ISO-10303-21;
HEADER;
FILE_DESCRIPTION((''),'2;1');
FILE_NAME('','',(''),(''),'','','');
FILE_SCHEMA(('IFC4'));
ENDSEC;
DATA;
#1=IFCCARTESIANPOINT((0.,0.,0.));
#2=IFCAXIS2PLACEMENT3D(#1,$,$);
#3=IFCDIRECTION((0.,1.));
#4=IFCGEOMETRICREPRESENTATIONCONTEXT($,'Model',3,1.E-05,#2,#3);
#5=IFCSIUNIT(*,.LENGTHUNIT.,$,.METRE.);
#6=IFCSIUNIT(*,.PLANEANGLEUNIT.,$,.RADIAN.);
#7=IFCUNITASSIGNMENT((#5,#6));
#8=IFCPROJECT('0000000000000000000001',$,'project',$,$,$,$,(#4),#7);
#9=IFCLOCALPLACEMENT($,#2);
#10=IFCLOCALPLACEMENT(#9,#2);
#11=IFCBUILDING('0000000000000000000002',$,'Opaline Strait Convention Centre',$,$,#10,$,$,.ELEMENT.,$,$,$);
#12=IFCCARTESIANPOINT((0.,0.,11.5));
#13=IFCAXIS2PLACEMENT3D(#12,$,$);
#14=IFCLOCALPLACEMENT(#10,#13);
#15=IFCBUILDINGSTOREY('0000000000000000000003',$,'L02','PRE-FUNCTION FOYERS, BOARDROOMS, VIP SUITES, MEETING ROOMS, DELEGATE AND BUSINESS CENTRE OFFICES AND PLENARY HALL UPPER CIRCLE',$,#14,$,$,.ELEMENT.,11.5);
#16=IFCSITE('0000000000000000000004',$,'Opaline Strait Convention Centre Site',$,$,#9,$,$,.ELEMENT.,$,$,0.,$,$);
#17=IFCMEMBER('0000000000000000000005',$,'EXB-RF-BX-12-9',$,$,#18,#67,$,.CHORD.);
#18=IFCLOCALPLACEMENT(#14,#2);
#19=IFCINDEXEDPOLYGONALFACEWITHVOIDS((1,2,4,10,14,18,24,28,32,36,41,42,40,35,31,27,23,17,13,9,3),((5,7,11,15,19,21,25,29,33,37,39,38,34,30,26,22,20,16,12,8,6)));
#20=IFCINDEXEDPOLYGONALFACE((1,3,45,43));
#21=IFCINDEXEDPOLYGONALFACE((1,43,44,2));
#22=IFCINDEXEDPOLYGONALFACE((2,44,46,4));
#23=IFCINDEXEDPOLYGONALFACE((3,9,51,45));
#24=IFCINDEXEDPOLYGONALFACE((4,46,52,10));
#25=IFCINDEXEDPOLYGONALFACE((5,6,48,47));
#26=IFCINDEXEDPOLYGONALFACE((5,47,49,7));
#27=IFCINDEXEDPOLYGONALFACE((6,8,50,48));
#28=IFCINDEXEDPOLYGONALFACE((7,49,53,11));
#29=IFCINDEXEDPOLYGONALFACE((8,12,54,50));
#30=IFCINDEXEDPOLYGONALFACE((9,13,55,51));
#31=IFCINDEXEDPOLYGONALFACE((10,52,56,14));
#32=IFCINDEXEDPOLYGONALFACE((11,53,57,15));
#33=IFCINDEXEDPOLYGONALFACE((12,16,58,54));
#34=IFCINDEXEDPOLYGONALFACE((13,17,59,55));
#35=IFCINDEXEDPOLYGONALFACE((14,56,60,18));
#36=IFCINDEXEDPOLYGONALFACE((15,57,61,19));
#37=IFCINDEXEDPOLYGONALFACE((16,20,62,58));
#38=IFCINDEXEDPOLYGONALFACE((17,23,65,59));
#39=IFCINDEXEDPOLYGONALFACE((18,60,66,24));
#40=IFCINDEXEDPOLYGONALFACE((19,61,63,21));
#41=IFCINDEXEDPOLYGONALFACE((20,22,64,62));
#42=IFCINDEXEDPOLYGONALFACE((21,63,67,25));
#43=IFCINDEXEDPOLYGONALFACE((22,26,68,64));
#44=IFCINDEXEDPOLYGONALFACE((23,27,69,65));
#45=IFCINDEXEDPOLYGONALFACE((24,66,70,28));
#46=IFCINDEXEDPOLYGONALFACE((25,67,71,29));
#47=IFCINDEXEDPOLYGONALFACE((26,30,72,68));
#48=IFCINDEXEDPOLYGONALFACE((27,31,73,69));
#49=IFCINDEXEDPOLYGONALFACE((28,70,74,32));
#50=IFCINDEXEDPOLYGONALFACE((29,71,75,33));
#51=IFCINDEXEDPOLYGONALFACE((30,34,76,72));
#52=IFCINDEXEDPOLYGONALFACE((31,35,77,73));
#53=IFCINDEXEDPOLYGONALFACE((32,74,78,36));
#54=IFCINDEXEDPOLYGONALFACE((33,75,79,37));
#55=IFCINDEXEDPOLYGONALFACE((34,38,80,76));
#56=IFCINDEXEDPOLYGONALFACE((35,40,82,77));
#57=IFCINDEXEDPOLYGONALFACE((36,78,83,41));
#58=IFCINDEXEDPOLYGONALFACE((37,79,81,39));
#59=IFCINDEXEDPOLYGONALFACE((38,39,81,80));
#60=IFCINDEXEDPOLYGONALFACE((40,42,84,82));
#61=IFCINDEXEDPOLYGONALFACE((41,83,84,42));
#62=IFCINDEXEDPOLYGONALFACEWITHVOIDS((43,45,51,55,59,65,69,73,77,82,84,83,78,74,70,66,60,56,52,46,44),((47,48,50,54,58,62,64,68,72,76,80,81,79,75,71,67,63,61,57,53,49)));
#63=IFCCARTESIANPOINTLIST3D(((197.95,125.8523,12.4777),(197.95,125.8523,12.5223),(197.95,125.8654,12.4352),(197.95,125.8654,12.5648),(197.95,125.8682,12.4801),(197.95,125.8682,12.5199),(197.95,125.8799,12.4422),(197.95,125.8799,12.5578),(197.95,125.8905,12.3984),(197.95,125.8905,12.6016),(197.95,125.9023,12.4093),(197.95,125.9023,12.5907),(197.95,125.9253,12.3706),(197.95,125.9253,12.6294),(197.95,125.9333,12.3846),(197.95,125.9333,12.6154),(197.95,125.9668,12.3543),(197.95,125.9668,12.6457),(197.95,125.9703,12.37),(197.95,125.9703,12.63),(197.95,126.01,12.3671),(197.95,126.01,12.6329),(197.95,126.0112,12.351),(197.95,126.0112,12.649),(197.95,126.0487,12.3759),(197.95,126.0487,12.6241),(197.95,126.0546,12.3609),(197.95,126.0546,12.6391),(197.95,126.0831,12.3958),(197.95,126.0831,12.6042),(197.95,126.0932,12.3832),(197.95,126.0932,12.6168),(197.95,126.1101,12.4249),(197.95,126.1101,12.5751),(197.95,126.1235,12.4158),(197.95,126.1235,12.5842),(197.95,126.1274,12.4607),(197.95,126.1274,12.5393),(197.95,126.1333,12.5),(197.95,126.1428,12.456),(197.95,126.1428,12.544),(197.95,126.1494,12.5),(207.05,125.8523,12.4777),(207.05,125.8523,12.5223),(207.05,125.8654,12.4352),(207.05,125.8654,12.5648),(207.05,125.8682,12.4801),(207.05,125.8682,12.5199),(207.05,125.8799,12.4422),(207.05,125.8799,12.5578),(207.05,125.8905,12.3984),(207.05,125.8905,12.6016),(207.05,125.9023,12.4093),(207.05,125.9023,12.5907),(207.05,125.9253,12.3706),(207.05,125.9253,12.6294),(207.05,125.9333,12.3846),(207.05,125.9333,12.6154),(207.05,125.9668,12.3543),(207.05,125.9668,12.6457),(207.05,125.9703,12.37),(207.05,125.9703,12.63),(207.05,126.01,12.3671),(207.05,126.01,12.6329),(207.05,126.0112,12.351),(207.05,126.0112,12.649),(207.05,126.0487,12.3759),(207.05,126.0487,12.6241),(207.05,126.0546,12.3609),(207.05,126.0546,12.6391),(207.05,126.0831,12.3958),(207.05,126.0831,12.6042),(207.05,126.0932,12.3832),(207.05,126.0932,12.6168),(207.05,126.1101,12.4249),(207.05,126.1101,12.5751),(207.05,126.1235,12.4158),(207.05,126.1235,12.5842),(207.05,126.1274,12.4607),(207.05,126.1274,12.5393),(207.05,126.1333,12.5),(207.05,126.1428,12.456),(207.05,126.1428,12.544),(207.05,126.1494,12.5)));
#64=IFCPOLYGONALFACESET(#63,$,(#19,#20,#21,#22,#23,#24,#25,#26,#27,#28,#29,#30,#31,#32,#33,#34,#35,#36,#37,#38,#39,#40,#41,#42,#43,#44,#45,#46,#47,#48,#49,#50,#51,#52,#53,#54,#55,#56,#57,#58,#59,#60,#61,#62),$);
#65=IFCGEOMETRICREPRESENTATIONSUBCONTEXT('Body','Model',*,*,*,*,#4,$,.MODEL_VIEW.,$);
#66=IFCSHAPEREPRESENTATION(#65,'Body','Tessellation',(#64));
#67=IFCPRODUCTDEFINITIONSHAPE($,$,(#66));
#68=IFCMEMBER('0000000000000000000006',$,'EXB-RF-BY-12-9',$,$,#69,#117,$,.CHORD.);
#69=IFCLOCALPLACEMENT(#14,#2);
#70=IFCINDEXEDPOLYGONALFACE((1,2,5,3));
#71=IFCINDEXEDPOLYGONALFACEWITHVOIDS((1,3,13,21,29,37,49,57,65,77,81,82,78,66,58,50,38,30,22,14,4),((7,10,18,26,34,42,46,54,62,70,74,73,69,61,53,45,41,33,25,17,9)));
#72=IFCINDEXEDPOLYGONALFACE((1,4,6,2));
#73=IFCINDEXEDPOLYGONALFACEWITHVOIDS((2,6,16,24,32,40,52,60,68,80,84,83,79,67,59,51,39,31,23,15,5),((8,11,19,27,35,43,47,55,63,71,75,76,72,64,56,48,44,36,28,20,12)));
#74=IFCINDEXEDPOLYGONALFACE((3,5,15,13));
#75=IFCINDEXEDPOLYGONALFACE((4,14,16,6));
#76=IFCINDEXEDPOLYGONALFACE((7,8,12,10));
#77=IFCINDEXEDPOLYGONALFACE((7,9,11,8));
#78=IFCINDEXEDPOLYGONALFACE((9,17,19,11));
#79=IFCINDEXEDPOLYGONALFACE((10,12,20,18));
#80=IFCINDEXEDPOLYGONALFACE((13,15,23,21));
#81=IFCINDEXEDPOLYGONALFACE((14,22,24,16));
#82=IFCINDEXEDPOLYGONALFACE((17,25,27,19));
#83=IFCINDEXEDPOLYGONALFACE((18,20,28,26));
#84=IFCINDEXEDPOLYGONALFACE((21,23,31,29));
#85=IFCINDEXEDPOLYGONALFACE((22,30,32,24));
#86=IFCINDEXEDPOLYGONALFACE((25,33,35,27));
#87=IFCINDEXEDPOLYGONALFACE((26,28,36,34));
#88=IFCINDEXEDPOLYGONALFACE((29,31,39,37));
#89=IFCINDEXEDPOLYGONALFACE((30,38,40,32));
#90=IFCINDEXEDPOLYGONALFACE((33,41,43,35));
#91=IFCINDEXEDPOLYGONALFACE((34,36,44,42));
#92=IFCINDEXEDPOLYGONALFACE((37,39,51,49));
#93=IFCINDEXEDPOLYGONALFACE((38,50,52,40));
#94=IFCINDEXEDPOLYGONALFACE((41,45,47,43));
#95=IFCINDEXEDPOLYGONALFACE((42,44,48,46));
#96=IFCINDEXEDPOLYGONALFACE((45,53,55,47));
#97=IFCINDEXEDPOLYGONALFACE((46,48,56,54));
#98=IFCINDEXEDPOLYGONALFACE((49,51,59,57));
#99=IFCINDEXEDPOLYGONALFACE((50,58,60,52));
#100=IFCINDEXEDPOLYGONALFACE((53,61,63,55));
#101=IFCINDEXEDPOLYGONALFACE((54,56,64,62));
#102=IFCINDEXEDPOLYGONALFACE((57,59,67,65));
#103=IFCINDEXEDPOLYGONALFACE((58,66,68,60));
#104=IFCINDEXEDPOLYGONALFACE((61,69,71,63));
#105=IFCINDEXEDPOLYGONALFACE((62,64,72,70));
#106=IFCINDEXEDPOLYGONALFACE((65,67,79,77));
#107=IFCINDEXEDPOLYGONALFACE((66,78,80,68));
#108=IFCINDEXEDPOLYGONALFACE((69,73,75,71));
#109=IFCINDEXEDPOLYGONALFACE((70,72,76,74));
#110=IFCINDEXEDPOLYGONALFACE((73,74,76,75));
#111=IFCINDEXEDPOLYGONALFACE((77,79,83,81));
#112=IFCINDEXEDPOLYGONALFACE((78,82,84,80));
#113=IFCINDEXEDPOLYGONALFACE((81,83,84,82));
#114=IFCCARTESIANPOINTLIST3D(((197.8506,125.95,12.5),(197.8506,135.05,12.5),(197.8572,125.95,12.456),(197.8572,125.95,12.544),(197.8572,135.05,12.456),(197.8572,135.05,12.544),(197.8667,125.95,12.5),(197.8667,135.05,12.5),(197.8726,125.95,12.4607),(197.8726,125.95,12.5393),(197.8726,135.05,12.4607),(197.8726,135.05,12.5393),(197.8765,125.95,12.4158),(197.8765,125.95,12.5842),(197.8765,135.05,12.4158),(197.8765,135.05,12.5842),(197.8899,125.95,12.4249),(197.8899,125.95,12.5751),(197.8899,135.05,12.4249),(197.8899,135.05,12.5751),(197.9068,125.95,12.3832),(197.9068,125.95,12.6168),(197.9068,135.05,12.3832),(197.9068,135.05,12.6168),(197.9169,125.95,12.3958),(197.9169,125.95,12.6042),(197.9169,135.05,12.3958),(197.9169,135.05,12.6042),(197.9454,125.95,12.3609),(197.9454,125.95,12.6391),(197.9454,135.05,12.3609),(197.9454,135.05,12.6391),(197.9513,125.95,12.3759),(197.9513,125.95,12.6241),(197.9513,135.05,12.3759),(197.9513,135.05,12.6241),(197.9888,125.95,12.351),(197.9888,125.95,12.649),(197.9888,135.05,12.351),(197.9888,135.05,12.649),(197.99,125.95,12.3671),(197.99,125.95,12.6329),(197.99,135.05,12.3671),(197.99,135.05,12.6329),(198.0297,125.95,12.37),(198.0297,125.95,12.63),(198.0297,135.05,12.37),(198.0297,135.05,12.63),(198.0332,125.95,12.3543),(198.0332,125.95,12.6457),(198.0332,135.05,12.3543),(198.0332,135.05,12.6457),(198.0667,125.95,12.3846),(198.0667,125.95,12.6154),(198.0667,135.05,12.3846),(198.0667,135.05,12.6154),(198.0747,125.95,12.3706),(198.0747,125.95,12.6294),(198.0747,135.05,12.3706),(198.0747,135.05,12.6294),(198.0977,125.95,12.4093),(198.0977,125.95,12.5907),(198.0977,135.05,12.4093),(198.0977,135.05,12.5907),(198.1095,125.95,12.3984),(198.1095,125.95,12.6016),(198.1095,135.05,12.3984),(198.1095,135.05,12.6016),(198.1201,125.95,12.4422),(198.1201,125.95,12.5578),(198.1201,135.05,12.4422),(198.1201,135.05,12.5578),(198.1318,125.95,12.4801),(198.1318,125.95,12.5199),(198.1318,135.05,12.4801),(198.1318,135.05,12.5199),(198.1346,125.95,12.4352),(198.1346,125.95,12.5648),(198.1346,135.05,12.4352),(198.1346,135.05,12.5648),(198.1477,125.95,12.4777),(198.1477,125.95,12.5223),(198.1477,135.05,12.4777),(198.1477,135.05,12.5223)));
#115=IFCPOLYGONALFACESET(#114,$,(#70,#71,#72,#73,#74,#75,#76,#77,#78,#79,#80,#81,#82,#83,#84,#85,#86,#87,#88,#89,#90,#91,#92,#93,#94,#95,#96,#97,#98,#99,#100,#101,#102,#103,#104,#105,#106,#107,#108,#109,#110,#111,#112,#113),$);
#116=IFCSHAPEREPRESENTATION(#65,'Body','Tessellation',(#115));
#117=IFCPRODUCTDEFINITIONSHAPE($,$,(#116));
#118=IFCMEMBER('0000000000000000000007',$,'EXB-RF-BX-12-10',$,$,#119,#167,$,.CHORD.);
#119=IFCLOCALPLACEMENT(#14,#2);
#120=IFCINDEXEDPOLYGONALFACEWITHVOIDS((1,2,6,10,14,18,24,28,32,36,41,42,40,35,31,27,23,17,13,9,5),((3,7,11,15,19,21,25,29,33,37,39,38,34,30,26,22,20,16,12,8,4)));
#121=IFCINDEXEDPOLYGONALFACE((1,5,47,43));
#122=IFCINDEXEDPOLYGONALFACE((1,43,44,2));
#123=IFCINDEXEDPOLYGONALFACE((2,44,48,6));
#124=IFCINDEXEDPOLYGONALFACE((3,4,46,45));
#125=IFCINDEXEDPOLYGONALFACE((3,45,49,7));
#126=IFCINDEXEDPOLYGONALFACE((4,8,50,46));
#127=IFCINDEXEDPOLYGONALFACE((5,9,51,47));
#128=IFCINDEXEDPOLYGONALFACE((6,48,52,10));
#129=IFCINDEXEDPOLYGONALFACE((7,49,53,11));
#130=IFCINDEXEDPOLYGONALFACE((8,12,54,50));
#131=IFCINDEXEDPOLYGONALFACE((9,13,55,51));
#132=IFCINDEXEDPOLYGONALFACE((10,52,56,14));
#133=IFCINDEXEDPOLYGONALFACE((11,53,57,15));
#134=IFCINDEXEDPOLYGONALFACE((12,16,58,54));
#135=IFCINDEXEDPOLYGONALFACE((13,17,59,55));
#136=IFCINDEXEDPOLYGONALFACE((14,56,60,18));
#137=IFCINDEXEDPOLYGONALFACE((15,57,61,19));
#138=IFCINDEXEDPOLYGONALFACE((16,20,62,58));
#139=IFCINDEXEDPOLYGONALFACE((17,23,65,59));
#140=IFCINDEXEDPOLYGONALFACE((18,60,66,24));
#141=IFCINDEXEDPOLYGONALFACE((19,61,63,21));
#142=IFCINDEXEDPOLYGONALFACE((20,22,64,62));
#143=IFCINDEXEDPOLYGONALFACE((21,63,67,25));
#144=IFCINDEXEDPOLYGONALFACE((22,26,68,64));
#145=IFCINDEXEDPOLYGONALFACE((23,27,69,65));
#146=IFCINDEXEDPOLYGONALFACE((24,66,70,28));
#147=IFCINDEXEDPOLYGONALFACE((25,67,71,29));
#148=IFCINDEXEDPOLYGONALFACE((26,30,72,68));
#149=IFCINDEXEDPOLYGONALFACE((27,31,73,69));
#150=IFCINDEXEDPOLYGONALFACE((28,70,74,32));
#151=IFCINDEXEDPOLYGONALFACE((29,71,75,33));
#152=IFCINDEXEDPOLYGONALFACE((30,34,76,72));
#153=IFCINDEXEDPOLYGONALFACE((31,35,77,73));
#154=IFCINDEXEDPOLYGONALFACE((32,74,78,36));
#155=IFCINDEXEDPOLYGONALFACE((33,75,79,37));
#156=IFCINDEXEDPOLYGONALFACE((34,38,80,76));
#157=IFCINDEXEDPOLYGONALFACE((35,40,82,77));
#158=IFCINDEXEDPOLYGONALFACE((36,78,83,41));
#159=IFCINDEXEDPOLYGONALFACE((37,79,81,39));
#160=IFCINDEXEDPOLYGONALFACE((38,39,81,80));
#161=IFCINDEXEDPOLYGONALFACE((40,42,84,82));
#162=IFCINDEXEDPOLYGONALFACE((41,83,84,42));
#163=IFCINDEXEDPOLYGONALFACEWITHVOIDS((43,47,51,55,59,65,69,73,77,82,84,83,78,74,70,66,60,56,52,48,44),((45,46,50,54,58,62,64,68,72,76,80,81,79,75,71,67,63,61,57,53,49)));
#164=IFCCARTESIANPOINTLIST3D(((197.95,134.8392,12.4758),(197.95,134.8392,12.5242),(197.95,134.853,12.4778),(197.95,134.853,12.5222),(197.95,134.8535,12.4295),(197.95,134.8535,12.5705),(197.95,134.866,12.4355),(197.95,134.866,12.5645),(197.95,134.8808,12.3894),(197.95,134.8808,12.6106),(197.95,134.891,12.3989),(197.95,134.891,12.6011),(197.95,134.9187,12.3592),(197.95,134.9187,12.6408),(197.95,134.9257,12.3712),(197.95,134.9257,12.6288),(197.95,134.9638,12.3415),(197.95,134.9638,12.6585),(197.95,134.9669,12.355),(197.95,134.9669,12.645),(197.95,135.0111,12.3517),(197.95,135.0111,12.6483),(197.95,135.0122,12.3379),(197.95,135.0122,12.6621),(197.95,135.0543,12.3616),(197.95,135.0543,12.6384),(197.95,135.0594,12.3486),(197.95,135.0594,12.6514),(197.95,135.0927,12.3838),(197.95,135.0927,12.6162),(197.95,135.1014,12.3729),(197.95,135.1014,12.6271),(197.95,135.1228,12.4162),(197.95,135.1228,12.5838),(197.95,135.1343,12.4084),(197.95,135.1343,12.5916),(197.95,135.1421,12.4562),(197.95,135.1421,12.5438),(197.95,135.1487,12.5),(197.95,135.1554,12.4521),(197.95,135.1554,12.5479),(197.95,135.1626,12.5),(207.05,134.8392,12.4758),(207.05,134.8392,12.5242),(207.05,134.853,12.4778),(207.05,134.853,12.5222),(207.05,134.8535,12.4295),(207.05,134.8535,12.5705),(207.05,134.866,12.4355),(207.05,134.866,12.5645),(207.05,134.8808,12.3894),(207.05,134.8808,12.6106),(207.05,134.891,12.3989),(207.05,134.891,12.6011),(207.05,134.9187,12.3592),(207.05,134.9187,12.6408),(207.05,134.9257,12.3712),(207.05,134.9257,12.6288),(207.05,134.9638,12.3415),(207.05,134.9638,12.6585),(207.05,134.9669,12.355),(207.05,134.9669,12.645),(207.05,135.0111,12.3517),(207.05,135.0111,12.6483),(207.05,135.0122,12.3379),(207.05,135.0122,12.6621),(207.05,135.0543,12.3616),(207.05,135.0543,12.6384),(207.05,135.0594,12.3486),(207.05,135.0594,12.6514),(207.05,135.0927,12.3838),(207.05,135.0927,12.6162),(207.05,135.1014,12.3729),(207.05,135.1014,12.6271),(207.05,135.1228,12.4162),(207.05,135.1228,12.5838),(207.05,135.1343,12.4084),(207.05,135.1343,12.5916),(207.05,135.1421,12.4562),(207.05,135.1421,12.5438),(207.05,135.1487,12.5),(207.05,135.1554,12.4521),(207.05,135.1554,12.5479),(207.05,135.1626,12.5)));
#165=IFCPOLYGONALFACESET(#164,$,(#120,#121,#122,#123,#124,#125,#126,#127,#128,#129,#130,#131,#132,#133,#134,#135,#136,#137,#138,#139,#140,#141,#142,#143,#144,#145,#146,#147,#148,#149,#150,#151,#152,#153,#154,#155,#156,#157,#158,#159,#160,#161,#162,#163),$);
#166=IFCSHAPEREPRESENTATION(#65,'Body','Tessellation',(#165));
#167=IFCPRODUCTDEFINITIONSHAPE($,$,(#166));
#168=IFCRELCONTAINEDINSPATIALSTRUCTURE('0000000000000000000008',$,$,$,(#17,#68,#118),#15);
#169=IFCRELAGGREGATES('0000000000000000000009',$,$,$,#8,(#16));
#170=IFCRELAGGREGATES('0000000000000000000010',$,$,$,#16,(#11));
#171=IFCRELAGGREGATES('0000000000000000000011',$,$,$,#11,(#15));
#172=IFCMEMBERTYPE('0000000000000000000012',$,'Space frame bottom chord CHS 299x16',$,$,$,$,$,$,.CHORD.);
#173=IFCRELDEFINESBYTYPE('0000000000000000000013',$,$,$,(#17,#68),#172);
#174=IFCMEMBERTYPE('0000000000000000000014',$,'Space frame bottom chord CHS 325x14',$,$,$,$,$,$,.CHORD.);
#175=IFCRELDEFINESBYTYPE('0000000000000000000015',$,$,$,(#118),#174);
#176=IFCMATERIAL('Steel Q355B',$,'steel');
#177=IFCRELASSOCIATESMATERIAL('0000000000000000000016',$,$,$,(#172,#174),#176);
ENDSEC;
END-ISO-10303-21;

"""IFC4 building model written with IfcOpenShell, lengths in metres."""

from ifc_helpers import new_model, si_unit, direction, frame, origin, origin_2d, place, context, subcontext, project, spatial, hollow_circle, extrude, material, material_profile, profile_set, type_object, element, save


model = new_model("IFC4")

# Units and contexts
model_context = context("Model", 3, precision=1e-05, world=origin(), true_north=direction((0.0, 1.0)))
body_context = subcontext(model_context, "Body", "Model", "MODEL_VIEW")
ifc_project = project(units=[si_unit("LENGTHUNIT", "METRE"), si_unit("PLANEANGLEUNIT", "RADIAN")], contexts=[model_context])

# Site, building, storey
site_placement = place(None, origin())
site = spatial("IfcSite", under=ifc_project, at=site_placement, Name="Opaline Strait Convention Centre Site", CompositionType="ELEMENT", RefElevation=0.0)
building_placement = place(site_placement, origin())
building = spatial("IfcBuilding", under=site, at=building_placement, Name="Opaline Strait Convention Centre", CompositionType="ELEMENT")
storey_placement = place(building_placement, frame((0.0, 0.0, 11.5)))
storey = spatial("IfcBuildingStorey", under=building, at=storey_placement, Name="L02", Description="PRE-FUNCTION FOYERS, BOARDROOMS, VIP SUITES, MEETING ROOMS, DELEGATE AND BUSINESS CENTRE OFFICES AND PLENARY HALL UPPER CIRCLE", CompositionType="ELEMENT", Elevation=11.5)

# Members
ifc_material = material(Name="Steel Q355B", Category="steel")
ifc_material_profile_1 = material_profile(ifc_material, hollow_circle(Radius=0.1494, WallThickness=0.0161, at=origin_2d()), Name="CHS 299x16")
ifc_profile_set_1 = profile_set([ifc_material_profile_1], Name="Steel Q355B")
member_type_1 = type_object("IfcMemberType", Name="Space frame bottom chord CHS 299x16", PredefinedType="CHORD", material=ifc_profile_set_1)
for number, where, z_axis, x_axis, name in (
    (1, (197.95, 126.0, 12.5), (1.0, 0.0, 0.0), (0.0, 1.0, 0.0), "EXB-RF-BX-12-9"),
    (2, (198.0, 125.95, 12.5), (0.0, 1.0, 0.0), (-1.0, 0.0, 0.0), "EXB-RF-BY-12-9"),
):
    element("IfcMember", number, at=place(storey_placement, frame(where, z_axis=z_axis, x_axis=x_axis)), inside=storey, type_object=member_type_1, Name=name, PredefinedType="CHORD", context=body_context, shape_type="SweptSolid", body=[
        extrude(hollow_circle(Radius=0.1494, WallThickness=0.0161, at=origin_2d()), origin(), (0.0, 0.0, 1.0), 9.1001),
    ])
ifc_material_profile_2 = material_profile(ifc_material, hollow_circle(Radius=0.1626, WallThickness=0.0139, at=origin_2d()), Name="CHS 325x14")
ifc_profile_set_2 = profile_set([ifc_material_profile_2], Name="Steel Q355B")
member_type_2 = type_object("IfcMemberType", Name="Space frame bottom chord CHS 325x14", PredefinedType="CHORD", material=ifc_profile_set_2)
for number, where, z_axis, x_axis, name in (
    (3, (197.95, 135.0, 12.5), (1.0, 0.0, 0.0), (0.0, 1.0, 0.0), "EXB-RF-BX-12-10"),
):
    element("IfcMember", number, at=place(storey_placement, frame(where, z_axis=z_axis, x_axis=x_axis)), inside=storey, type_object=member_type_2, Name=name, PredefinedType="CHORD", context=body_context, shape_type="SweptSolid", body=[
        extrude(hollow_circle(Radius=0.1626, WallThickness=0.0139, at=origin_2d()), origin(), (0.0, 0.0, 1.0), 9.1001),
    ])

save(model, "model.ifc")
